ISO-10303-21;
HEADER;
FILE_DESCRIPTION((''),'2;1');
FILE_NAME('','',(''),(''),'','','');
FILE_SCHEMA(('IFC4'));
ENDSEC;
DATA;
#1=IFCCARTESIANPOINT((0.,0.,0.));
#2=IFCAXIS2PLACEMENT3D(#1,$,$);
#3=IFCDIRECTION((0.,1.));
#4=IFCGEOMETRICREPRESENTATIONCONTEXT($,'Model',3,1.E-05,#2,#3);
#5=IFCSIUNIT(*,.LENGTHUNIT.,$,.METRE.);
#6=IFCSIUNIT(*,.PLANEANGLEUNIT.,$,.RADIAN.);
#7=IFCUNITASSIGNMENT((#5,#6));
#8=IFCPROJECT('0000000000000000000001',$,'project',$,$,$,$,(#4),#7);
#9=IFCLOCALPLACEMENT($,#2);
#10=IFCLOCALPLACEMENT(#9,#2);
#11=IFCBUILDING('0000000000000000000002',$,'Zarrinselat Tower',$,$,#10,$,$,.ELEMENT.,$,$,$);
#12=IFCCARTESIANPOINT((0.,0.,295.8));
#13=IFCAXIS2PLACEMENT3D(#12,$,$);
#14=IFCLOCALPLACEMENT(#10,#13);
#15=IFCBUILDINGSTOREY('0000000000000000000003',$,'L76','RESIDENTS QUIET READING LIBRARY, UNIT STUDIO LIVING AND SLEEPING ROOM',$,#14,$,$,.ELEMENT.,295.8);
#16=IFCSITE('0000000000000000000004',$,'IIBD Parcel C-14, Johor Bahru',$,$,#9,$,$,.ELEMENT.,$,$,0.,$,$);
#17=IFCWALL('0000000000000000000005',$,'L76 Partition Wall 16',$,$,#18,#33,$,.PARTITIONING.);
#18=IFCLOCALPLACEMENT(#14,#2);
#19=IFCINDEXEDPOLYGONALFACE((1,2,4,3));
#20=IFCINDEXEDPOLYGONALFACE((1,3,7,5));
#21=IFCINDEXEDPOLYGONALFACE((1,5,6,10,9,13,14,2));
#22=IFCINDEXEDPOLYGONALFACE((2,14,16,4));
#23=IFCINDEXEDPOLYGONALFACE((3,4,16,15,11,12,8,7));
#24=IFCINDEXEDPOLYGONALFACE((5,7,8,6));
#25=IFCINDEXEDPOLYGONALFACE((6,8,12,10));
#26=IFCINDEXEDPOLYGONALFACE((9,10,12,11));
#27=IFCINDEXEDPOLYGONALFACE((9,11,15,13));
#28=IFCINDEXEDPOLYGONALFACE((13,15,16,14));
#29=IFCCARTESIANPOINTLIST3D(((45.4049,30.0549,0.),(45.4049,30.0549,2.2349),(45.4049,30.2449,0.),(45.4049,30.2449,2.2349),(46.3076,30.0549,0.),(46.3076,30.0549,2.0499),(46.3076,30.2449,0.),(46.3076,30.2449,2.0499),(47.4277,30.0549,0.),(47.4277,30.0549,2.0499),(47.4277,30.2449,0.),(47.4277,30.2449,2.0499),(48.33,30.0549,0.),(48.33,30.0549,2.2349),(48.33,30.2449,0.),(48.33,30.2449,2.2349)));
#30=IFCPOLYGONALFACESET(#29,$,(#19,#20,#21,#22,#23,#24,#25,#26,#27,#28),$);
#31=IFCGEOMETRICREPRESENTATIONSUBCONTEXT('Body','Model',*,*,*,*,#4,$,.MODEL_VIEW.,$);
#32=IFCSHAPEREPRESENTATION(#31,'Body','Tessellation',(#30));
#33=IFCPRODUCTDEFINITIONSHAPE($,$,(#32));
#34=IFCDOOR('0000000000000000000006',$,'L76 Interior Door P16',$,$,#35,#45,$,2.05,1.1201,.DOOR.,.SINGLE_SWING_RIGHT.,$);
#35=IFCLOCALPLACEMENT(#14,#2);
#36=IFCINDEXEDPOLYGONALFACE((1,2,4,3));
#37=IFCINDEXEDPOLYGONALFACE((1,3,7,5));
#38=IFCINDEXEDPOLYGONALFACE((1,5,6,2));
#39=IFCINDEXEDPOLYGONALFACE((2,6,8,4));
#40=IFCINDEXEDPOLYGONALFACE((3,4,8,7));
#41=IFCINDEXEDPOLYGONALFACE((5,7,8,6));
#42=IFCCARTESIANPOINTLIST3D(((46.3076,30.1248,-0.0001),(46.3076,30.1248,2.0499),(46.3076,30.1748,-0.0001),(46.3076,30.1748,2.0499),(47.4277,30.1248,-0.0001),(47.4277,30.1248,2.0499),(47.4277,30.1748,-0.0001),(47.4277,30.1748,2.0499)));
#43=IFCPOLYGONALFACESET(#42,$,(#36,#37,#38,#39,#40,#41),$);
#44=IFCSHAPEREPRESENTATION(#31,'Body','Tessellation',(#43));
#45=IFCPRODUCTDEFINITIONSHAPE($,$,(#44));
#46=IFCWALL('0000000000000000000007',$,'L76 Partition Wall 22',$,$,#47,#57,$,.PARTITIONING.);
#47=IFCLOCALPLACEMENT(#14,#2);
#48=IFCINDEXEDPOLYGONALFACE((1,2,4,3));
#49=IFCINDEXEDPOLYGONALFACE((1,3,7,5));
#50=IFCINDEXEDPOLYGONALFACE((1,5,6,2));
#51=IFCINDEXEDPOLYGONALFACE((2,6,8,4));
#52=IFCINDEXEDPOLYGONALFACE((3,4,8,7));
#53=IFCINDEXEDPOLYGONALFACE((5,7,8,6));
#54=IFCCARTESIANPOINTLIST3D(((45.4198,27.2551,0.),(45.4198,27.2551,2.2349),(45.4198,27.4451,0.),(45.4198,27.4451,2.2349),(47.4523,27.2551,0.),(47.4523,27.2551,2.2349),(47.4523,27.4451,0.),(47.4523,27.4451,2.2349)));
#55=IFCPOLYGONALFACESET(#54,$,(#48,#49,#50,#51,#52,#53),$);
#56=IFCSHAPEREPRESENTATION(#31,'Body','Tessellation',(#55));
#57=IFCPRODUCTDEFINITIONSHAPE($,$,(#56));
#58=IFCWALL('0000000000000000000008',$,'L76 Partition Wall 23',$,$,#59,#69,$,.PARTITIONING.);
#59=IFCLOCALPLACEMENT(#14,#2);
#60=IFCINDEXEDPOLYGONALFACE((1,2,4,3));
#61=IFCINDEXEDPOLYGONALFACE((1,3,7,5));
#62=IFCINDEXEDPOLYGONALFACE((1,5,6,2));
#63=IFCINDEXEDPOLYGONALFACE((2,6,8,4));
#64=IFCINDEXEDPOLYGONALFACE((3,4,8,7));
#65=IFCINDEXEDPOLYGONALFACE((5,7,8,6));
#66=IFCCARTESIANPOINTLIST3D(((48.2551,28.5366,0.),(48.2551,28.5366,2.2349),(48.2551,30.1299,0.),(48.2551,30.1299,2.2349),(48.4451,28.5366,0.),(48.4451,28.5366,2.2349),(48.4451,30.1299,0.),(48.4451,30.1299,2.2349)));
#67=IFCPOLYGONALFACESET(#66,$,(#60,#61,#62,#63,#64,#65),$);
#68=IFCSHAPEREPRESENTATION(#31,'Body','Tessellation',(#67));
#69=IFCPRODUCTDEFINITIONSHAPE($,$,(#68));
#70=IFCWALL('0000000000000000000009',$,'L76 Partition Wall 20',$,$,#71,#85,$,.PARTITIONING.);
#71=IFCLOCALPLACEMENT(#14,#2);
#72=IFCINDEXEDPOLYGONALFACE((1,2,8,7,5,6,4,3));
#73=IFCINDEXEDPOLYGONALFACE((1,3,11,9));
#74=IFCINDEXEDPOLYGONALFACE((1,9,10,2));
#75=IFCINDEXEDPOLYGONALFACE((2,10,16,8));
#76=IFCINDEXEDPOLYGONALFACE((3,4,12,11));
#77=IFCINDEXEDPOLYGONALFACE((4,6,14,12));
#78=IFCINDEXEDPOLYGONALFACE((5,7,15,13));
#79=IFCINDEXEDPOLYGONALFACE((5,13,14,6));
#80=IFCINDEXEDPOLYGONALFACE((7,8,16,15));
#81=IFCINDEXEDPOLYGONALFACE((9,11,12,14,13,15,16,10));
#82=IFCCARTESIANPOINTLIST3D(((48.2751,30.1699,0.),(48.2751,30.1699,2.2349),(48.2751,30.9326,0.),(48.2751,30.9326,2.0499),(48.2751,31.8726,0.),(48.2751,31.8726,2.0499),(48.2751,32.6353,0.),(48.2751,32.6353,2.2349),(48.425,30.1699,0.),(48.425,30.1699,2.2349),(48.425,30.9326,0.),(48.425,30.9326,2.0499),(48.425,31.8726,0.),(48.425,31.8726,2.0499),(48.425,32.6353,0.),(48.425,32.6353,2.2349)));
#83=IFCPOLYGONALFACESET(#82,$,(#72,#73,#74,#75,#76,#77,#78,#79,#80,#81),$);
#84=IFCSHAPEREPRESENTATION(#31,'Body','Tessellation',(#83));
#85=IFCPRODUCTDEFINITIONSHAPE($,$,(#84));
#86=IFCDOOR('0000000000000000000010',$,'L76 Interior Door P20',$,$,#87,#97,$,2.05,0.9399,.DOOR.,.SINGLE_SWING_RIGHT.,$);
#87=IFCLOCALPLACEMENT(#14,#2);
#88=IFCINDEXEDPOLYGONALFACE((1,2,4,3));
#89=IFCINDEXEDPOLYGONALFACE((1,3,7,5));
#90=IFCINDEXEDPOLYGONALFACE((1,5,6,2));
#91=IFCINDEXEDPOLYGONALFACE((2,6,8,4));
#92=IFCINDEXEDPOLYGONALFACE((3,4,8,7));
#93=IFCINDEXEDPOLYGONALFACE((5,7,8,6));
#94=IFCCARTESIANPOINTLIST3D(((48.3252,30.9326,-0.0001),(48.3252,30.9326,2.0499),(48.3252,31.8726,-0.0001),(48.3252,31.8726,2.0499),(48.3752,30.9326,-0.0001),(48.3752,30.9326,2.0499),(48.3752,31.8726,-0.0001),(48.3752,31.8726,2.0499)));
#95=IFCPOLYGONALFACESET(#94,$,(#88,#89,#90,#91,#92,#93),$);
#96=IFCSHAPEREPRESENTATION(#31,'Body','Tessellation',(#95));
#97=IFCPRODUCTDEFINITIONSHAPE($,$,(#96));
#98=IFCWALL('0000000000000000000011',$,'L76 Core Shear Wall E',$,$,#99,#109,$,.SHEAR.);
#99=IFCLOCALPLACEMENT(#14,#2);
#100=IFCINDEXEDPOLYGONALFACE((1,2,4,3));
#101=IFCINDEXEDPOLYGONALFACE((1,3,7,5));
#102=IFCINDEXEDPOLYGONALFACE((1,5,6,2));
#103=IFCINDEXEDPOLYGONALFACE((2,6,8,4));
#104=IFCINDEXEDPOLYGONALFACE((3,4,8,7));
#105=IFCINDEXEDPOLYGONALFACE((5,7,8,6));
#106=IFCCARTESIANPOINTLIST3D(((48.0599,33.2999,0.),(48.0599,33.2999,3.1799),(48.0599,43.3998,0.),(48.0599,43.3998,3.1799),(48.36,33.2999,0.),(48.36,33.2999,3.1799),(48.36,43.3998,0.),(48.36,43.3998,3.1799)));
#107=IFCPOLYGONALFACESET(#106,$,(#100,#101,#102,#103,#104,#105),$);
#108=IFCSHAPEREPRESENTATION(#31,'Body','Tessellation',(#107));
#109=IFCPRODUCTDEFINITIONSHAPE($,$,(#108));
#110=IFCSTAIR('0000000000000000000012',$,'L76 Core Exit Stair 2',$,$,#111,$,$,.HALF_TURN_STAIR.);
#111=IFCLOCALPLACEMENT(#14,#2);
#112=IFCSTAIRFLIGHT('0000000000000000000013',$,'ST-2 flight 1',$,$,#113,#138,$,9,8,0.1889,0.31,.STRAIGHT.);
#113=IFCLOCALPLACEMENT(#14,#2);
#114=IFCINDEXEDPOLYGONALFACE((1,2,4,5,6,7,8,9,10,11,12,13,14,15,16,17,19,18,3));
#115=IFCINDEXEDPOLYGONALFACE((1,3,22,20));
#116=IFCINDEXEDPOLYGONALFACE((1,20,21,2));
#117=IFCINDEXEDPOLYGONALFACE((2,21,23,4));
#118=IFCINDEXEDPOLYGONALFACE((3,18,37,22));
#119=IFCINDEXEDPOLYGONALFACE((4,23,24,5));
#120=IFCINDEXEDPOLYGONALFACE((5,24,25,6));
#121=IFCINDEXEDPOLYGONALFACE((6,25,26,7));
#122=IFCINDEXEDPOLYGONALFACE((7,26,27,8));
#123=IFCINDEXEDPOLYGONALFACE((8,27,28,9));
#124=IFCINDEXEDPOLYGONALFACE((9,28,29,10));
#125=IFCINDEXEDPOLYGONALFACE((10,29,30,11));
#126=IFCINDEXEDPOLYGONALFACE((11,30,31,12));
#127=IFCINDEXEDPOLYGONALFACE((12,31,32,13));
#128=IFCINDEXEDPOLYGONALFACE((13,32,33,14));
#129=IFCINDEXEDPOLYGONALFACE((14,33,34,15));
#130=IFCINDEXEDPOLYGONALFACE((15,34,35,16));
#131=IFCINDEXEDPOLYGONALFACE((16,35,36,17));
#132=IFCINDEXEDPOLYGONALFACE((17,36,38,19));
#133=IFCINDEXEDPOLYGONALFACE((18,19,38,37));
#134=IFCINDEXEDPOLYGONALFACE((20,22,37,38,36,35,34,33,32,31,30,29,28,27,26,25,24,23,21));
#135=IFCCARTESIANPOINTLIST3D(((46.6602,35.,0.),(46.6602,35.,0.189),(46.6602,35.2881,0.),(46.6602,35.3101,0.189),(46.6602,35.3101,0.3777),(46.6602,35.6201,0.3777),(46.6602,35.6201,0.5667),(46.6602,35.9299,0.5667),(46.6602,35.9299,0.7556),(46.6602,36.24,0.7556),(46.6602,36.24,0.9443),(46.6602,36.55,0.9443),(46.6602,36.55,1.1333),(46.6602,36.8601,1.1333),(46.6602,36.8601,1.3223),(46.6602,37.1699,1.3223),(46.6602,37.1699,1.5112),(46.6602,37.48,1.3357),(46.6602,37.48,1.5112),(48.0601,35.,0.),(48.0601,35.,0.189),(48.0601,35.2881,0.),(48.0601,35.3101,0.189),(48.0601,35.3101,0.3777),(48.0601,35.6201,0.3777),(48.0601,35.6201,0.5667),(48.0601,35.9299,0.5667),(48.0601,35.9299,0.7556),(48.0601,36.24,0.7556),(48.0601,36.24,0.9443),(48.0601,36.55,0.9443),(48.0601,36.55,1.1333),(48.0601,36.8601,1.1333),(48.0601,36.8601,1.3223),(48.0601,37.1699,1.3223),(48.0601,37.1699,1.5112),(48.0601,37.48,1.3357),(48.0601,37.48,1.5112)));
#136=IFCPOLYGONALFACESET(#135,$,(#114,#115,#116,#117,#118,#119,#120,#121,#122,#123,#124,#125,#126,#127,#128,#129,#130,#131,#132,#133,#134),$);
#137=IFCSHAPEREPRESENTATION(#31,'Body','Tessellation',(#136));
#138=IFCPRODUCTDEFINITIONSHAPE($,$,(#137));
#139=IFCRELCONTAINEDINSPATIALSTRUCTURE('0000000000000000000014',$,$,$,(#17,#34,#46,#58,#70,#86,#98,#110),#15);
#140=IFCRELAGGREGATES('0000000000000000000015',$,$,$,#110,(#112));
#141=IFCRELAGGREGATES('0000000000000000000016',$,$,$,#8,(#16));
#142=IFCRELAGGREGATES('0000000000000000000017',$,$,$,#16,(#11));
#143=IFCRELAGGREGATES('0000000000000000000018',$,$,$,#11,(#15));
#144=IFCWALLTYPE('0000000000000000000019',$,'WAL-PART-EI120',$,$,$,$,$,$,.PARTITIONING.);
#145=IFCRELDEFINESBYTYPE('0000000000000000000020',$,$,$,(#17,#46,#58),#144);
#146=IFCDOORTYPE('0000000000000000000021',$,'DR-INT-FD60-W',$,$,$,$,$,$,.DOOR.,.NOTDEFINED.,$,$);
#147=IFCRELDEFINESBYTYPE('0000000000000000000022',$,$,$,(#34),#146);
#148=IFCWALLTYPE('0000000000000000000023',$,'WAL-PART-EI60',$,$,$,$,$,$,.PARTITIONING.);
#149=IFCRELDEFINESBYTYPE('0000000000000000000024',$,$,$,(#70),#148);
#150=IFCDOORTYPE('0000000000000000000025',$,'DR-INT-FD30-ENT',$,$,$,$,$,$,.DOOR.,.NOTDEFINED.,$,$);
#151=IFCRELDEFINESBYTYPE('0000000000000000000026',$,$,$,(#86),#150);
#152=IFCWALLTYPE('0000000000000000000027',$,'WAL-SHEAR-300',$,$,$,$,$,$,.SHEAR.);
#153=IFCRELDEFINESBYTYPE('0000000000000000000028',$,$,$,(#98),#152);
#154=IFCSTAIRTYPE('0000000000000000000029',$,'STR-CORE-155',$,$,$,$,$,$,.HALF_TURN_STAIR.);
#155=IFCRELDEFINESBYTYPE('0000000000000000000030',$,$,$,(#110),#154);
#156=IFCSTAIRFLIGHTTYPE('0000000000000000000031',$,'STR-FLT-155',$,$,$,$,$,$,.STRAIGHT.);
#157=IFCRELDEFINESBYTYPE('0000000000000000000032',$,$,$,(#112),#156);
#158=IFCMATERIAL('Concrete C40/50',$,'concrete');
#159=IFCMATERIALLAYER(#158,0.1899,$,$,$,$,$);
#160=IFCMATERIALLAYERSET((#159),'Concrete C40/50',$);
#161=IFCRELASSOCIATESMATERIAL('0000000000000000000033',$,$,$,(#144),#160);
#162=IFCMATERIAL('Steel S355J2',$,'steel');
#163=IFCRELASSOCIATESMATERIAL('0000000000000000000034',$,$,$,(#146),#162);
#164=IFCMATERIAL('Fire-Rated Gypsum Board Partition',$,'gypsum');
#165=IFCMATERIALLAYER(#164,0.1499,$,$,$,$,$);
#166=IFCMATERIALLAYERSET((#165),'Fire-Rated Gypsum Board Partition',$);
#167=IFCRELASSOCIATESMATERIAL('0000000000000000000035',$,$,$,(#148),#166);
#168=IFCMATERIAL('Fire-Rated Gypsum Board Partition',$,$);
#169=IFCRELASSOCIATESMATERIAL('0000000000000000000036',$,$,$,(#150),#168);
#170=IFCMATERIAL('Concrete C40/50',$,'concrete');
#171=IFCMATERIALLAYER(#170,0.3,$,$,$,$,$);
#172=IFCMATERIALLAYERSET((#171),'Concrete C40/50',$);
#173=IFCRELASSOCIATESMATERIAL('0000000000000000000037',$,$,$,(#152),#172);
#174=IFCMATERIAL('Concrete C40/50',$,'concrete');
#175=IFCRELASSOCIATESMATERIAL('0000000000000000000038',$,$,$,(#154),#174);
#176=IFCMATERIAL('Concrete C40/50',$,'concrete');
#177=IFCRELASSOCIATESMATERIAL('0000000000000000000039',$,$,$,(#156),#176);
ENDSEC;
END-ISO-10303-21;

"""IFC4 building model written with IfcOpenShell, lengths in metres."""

from ifc_helpers import new_model, si_unit, direction, frame, frame_2d, origin, place, context, subcontext, project, spatial, polyline, rectangle, outline, extrude, material, layer, layer_set, type_object, element, fill, aggregate, save


model = new_model("IFC4")

# Units and contexts
model_context = context("Model", 3, precision=1e-05, world=origin(), true_north=direction((0.0, 1.0)))
body_context = subcontext(model_context, "Body", "Model", "MODEL_VIEW")
ifc_project = project(units=[si_unit("LENGTHUNIT", "METRE"), si_unit("PLANEANGLEUNIT", "RADIAN")], contexts=[model_context])

# Site, building, storey
site_placement = place(None, origin())
site = spatial("IfcSite", under=ifc_project, at=site_placement, Name="IIBD Parcel C-14, Johor Bahru", CompositionType="ELEMENT", RefElevation=0.0)
building_placement = place(site_placement, origin())
building = spatial("IfcBuilding", under=site, at=building_placement, Name="Zarrinselat Tower", CompositionType="ELEMENT")
storey_placement = place(building_placement, frame((0.0, 0.0, 295.8)))
storey = spatial("IfcBuildingStorey", under=building, at=storey_placement, Name="L76", Description="RESIDENTS QUIET READING LIBRARY, UNIT STUDIO LIVING AND SLEEPING ROOM", CompositionType="ELEMENT", Elevation=295.8)

# Wall, opening, door
ifc_material_1 = material(Name="Concrete C40/50", Category="concrete")
ifc_layer_1 = layer(ifc_material_1, 0.1899)
ifc_layer_set_1 = layer_set([ifc_layer_1], Name="Concrete C40/50")
wall_type_1 = type_object("IfcWallType", Name="WAL-PART-EI120", PredefinedType="PARTITIONING", material=ifc_layer_set_1)
wall_1_placement = place(storey_placement, frame((45.405, 30.1499, 0.0), z_axis=(0.0, 0.0, 1.0), x_axis=(1.0, 0.0, 0.0)))
wall_1 = element("IfcWall", 1, at=wall_1_placement, inside=storey, type_object=wall_type_1, Name="L76 Partition Wall 16", PredefinedType="PARTITIONING", context=body_context, shape_type="SweptSolid", body=[
    extrude(rectangle(XDim=2.925, YDim=0.1899, at=frame_2d((1.4624, 0.0))), origin(), (0.0, 0.0, 1.0), 2.2349),
])
opening_1_placement = place(wall_1_placement, frame((0.9026, 0.0, 0.0)))
opening_1 = element("IfcOpeningElement", 2, at=opening_1_placement, cuts=wall_1, PredefinedType="OPENING", context=body_context, shape_type="SweptSolid", body=[
    extrude(rectangle(XDim=1.1201, YDim=2.05, at=frame_2d((0.5601, 1.0249))), frame((0.0, 0.105, 0.0), z_axis=(0.0, -1.0, 0.0), x_axis=(1.0, 0.0, 0.0)), (0.0, 0.0, 1.0), 0.21),
])
ifc_material_2 = material(Name="Steel S355J2", Category="steel")
door_type_1 = type_object("IfcDoorType", Name="DR-INT-FD60-W", OperationType="NOTDEFINED", PredefinedType="DOOR", material=ifc_material_2)
door_1_placement = place(opening_1_placement, origin())
door_1 = element("IfcDoor", 3, at=door_1_placement, inside=storey, type_object=door_type_1, Name="L76 Interior Door P16", OperationType="SINGLE_SWING_RIGHT", OverallHeight=2.05, OverallWidth=1.1201, PredefinedType="DOOR", context=body_context, shape_type="SweptSolid", body=[
    extrude(rectangle(XDim=1.1201, YDim=2.05, at=frame_2d((0.5601, 1.0249))), frame((0.0, 0.0249, 0.0), z_axis=(0.0, -1.0, 0.0), x_axis=(1.0, 0.0, 0.0)), (0.0, 0.0, 1.0), 0.05),
])
fill(opening_1, door_1)

# Walls
wall_2_placement = place(storey_placement, frame((45.4199, 27.3501, 0.0), z_axis=(0.0, 0.0, 1.0), x_axis=(1.0, 0.0, 0.0)))
element("IfcWall", 4, at=wall_2_placement, inside=storey, type_object=wall_type_1, Name="L76 Partition Wall 22", PredefinedType="PARTITIONING", context=body_context, shape_type="SweptSolid", body=[
    extrude(rectangle(XDim=2.0325, YDim=0.1899, at=frame_2d((1.0161, 0.0))), origin(), (0.0, 0.0, 1.0), 2.2349),
])
wall_3_placement = place(storey_placement, frame((48.3501, 28.5366, 0.0), z_axis=(0.0, 0.0, 1.0), x_axis=(0.0, 1.0, 0.0)))
element("IfcWall", 5, at=wall_3_placement, inside=storey, type_object=wall_type_1, Name="L76 Partition Wall 23", PredefinedType="PARTITIONING", context=body_context, shape_type="SweptSolid", body=[
    extrude(rectangle(XDim=1.5933, YDim=0.1899, at=frame_2d((0.7966, 0.0))), origin(), (0.0, 0.0, 1.0), 2.2349),
])

# Wall, opening, door
ifc_material_3 = material(Name="Fire-Rated Gypsum Board Partition", Category="gypsum")
ifc_layer_2 = layer(ifc_material_3, 0.1499)
ifc_layer_set_2 = layer_set([ifc_layer_2], Name="Fire-Rated Gypsum Board Partition")
wall_type_2 = type_object("IfcWallType", Name="WAL-PART-EI60", PredefinedType="PARTITIONING", material=ifc_layer_set_2)
wall_4_placement = place(storey_placement, frame((48.3501, 30.1699, 0.0), z_axis=(0.0, 0.0, 1.0), x_axis=(0.0, 1.0, 0.0)))
wall_4 = element("IfcWall", 6, at=wall_4_placement, inside=storey, type_object=wall_type_2, Name="L76 Partition Wall 20", PredefinedType="PARTITIONING", context=body_context, shape_type="SweptSolid", body=[
    extrude(rectangle(XDim=2.4653, YDim=0.1499, at=frame_2d((1.2327, 0.0))), origin(), (0.0, 0.0, 1.0), 2.2349),
])
opening_2_placement = place(wall_4_placement, frame((0.7627, 0.0, 0.0)))
opening_2 = element("IfcOpeningElement", 7, at=opening_2_placement, cuts=wall_4, PredefinedType="OPENING", context=body_context, shape_type="SweptSolid", body=[
    extrude(rectangle(XDim=0.9399, YDim=2.05, at=frame_2d((0.47, 1.0249))), frame((0.0, 0.085, 0.0), z_axis=(0.0, -1.0, 0.0), x_axis=(1.0, 0.0, 0.0)), (0.0, 0.0, 1.0), 0.1699),
])
ifc_material_4 = material(Name="Fire-Rated Gypsum Board Partition")
door_type_2 = type_object("IfcDoorType", Name="DR-INT-FD30-ENT", OperationType="NOTDEFINED", PredefinedType="DOOR", material=ifc_material_4)
door_2_placement = place(opening_2_placement, origin())
door_2 = element("IfcDoor", 8, at=door_2_placement, inside=storey, type_object=door_type_2, Name="L76 Interior Door P20", OperationType="SINGLE_SWING_RIGHT", OverallHeight=2.05, OverallWidth=0.9399, PredefinedType="DOOR", context=body_context, shape_type="SweptSolid", body=[
    extrude(rectangle(XDim=0.9399, YDim=2.05, at=frame_2d((0.47, 1.0249))), frame((0.0, 0.0249, 0.0), z_axis=(0.0, -1.0, 0.0), x_axis=(1.0, 0.0, 0.0)), (0.0, 0.0, 1.0), 0.05),
])
fill(opening_2, door_2)

# Wall
ifc_material_5 = material(Name="Concrete C40/50", Category="concrete")
ifc_layer_3 = layer(ifc_material_5, 0.3)
ifc_layer_set_3 = layer_set([ifc_layer_3], Name="Concrete C40/50")
wall_type_3 = type_object("IfcWallType", Name="WAL-SHEAR-300", PredefinedType="SHEAR", material=ifc_layer_set_3)
wall_5_placement = place(storey_placement, frame((48.21, 33.3, 0.0), z_axis=(0.0, 0.0, 1.0), x_axis=(0.0, 1.0, 0.0)))
element("IfcWall", 9, at=wall_5_placement, inside=storey, type_object=wall_type_3, Name="L76 Core Shear Wall E", PredefinedType="SHEAR", context=body_context, shape_type="SweptSolid", body=[
    extrude(rectangle(XDim=10.0999, YDim=0.3, at=frame_2d((5.0498, 0.0))), origin(), (0.0, 0.0, 1.0), 3.1799),
])

# Stair, stair flight
ifc_material_6 = material(Name="Concrete C40/50", Category="concrete")
stair_type = type_object("IfcStairType", Name="STR-CORE-155", PredefinedType="HALF_TURN_STAIR", material=ifc_material_6)
stair_placement = place(storey_placement, origin())
stair = element("IfcStair", 10, at=stair_placement, inside=storey, type_object=stair_type, Name="L76 Core Exit Stair 2", PredefinedType="HALF_TURN_STAIR")
ifc_material_7 = material(Name="Concrete C40/50", Category="concrete")
stair_flight_type = type_object("IfcStairFlightType", Name="STR-FLT-155", PredefinedType="STRAIGHT", material=ifc_material_7)
stair_flight_placement = place(storey_placement, frame((47.3601, 35.0, 0.0), z_axis=(0.0, 0.0, 1.0), x_axis=(0.0, 1.0, 0.0)))
stair_flight = element("IfcStairFlight", 11, at=stair_flight_placement, type_object=stair_flight_type, Name="ST-2 flight 1", NumberOfRisers=9, NumberOfTreads=8, PredefinedType="STRAIGHT", RiserHeight=0.1889, TreadLength=0.31, context=body_context, shape_type="SweptSolid", body=[
    extrude(outline(polyline([(0.0, 0.0), (0.0, 0.189), (0.3101, 0.189), (0.3101, 0.3777), (0.6201, 0.3777), (0.6201, 0.5667), (0.9299, 0.5667), (0.9299, 0.7556), (1.24, 0.7556), (1.24, 0.9443), (1.55, 0.9443), (1.55, 1.1333), (1.8601, 1.1333), (1.8601, 1.3223), (2.1699, 1.3223), (2.1699, 1.5112), (2.48, 1.5112), (2.48, 1.7), (2.48, 1.3357), (0.2881, 0.0), (0.0, 0.0)])), frame((0.0, 0.7, 0.0), z_axis=(0.0, -1.0, 0.0), x_axis=(1.0, 0.0, 0.0)), (0.0, 0.0, 1.0), 1.3999),
])
aggregate(stair, [stair_flight])

save(model, "model.ifc")
